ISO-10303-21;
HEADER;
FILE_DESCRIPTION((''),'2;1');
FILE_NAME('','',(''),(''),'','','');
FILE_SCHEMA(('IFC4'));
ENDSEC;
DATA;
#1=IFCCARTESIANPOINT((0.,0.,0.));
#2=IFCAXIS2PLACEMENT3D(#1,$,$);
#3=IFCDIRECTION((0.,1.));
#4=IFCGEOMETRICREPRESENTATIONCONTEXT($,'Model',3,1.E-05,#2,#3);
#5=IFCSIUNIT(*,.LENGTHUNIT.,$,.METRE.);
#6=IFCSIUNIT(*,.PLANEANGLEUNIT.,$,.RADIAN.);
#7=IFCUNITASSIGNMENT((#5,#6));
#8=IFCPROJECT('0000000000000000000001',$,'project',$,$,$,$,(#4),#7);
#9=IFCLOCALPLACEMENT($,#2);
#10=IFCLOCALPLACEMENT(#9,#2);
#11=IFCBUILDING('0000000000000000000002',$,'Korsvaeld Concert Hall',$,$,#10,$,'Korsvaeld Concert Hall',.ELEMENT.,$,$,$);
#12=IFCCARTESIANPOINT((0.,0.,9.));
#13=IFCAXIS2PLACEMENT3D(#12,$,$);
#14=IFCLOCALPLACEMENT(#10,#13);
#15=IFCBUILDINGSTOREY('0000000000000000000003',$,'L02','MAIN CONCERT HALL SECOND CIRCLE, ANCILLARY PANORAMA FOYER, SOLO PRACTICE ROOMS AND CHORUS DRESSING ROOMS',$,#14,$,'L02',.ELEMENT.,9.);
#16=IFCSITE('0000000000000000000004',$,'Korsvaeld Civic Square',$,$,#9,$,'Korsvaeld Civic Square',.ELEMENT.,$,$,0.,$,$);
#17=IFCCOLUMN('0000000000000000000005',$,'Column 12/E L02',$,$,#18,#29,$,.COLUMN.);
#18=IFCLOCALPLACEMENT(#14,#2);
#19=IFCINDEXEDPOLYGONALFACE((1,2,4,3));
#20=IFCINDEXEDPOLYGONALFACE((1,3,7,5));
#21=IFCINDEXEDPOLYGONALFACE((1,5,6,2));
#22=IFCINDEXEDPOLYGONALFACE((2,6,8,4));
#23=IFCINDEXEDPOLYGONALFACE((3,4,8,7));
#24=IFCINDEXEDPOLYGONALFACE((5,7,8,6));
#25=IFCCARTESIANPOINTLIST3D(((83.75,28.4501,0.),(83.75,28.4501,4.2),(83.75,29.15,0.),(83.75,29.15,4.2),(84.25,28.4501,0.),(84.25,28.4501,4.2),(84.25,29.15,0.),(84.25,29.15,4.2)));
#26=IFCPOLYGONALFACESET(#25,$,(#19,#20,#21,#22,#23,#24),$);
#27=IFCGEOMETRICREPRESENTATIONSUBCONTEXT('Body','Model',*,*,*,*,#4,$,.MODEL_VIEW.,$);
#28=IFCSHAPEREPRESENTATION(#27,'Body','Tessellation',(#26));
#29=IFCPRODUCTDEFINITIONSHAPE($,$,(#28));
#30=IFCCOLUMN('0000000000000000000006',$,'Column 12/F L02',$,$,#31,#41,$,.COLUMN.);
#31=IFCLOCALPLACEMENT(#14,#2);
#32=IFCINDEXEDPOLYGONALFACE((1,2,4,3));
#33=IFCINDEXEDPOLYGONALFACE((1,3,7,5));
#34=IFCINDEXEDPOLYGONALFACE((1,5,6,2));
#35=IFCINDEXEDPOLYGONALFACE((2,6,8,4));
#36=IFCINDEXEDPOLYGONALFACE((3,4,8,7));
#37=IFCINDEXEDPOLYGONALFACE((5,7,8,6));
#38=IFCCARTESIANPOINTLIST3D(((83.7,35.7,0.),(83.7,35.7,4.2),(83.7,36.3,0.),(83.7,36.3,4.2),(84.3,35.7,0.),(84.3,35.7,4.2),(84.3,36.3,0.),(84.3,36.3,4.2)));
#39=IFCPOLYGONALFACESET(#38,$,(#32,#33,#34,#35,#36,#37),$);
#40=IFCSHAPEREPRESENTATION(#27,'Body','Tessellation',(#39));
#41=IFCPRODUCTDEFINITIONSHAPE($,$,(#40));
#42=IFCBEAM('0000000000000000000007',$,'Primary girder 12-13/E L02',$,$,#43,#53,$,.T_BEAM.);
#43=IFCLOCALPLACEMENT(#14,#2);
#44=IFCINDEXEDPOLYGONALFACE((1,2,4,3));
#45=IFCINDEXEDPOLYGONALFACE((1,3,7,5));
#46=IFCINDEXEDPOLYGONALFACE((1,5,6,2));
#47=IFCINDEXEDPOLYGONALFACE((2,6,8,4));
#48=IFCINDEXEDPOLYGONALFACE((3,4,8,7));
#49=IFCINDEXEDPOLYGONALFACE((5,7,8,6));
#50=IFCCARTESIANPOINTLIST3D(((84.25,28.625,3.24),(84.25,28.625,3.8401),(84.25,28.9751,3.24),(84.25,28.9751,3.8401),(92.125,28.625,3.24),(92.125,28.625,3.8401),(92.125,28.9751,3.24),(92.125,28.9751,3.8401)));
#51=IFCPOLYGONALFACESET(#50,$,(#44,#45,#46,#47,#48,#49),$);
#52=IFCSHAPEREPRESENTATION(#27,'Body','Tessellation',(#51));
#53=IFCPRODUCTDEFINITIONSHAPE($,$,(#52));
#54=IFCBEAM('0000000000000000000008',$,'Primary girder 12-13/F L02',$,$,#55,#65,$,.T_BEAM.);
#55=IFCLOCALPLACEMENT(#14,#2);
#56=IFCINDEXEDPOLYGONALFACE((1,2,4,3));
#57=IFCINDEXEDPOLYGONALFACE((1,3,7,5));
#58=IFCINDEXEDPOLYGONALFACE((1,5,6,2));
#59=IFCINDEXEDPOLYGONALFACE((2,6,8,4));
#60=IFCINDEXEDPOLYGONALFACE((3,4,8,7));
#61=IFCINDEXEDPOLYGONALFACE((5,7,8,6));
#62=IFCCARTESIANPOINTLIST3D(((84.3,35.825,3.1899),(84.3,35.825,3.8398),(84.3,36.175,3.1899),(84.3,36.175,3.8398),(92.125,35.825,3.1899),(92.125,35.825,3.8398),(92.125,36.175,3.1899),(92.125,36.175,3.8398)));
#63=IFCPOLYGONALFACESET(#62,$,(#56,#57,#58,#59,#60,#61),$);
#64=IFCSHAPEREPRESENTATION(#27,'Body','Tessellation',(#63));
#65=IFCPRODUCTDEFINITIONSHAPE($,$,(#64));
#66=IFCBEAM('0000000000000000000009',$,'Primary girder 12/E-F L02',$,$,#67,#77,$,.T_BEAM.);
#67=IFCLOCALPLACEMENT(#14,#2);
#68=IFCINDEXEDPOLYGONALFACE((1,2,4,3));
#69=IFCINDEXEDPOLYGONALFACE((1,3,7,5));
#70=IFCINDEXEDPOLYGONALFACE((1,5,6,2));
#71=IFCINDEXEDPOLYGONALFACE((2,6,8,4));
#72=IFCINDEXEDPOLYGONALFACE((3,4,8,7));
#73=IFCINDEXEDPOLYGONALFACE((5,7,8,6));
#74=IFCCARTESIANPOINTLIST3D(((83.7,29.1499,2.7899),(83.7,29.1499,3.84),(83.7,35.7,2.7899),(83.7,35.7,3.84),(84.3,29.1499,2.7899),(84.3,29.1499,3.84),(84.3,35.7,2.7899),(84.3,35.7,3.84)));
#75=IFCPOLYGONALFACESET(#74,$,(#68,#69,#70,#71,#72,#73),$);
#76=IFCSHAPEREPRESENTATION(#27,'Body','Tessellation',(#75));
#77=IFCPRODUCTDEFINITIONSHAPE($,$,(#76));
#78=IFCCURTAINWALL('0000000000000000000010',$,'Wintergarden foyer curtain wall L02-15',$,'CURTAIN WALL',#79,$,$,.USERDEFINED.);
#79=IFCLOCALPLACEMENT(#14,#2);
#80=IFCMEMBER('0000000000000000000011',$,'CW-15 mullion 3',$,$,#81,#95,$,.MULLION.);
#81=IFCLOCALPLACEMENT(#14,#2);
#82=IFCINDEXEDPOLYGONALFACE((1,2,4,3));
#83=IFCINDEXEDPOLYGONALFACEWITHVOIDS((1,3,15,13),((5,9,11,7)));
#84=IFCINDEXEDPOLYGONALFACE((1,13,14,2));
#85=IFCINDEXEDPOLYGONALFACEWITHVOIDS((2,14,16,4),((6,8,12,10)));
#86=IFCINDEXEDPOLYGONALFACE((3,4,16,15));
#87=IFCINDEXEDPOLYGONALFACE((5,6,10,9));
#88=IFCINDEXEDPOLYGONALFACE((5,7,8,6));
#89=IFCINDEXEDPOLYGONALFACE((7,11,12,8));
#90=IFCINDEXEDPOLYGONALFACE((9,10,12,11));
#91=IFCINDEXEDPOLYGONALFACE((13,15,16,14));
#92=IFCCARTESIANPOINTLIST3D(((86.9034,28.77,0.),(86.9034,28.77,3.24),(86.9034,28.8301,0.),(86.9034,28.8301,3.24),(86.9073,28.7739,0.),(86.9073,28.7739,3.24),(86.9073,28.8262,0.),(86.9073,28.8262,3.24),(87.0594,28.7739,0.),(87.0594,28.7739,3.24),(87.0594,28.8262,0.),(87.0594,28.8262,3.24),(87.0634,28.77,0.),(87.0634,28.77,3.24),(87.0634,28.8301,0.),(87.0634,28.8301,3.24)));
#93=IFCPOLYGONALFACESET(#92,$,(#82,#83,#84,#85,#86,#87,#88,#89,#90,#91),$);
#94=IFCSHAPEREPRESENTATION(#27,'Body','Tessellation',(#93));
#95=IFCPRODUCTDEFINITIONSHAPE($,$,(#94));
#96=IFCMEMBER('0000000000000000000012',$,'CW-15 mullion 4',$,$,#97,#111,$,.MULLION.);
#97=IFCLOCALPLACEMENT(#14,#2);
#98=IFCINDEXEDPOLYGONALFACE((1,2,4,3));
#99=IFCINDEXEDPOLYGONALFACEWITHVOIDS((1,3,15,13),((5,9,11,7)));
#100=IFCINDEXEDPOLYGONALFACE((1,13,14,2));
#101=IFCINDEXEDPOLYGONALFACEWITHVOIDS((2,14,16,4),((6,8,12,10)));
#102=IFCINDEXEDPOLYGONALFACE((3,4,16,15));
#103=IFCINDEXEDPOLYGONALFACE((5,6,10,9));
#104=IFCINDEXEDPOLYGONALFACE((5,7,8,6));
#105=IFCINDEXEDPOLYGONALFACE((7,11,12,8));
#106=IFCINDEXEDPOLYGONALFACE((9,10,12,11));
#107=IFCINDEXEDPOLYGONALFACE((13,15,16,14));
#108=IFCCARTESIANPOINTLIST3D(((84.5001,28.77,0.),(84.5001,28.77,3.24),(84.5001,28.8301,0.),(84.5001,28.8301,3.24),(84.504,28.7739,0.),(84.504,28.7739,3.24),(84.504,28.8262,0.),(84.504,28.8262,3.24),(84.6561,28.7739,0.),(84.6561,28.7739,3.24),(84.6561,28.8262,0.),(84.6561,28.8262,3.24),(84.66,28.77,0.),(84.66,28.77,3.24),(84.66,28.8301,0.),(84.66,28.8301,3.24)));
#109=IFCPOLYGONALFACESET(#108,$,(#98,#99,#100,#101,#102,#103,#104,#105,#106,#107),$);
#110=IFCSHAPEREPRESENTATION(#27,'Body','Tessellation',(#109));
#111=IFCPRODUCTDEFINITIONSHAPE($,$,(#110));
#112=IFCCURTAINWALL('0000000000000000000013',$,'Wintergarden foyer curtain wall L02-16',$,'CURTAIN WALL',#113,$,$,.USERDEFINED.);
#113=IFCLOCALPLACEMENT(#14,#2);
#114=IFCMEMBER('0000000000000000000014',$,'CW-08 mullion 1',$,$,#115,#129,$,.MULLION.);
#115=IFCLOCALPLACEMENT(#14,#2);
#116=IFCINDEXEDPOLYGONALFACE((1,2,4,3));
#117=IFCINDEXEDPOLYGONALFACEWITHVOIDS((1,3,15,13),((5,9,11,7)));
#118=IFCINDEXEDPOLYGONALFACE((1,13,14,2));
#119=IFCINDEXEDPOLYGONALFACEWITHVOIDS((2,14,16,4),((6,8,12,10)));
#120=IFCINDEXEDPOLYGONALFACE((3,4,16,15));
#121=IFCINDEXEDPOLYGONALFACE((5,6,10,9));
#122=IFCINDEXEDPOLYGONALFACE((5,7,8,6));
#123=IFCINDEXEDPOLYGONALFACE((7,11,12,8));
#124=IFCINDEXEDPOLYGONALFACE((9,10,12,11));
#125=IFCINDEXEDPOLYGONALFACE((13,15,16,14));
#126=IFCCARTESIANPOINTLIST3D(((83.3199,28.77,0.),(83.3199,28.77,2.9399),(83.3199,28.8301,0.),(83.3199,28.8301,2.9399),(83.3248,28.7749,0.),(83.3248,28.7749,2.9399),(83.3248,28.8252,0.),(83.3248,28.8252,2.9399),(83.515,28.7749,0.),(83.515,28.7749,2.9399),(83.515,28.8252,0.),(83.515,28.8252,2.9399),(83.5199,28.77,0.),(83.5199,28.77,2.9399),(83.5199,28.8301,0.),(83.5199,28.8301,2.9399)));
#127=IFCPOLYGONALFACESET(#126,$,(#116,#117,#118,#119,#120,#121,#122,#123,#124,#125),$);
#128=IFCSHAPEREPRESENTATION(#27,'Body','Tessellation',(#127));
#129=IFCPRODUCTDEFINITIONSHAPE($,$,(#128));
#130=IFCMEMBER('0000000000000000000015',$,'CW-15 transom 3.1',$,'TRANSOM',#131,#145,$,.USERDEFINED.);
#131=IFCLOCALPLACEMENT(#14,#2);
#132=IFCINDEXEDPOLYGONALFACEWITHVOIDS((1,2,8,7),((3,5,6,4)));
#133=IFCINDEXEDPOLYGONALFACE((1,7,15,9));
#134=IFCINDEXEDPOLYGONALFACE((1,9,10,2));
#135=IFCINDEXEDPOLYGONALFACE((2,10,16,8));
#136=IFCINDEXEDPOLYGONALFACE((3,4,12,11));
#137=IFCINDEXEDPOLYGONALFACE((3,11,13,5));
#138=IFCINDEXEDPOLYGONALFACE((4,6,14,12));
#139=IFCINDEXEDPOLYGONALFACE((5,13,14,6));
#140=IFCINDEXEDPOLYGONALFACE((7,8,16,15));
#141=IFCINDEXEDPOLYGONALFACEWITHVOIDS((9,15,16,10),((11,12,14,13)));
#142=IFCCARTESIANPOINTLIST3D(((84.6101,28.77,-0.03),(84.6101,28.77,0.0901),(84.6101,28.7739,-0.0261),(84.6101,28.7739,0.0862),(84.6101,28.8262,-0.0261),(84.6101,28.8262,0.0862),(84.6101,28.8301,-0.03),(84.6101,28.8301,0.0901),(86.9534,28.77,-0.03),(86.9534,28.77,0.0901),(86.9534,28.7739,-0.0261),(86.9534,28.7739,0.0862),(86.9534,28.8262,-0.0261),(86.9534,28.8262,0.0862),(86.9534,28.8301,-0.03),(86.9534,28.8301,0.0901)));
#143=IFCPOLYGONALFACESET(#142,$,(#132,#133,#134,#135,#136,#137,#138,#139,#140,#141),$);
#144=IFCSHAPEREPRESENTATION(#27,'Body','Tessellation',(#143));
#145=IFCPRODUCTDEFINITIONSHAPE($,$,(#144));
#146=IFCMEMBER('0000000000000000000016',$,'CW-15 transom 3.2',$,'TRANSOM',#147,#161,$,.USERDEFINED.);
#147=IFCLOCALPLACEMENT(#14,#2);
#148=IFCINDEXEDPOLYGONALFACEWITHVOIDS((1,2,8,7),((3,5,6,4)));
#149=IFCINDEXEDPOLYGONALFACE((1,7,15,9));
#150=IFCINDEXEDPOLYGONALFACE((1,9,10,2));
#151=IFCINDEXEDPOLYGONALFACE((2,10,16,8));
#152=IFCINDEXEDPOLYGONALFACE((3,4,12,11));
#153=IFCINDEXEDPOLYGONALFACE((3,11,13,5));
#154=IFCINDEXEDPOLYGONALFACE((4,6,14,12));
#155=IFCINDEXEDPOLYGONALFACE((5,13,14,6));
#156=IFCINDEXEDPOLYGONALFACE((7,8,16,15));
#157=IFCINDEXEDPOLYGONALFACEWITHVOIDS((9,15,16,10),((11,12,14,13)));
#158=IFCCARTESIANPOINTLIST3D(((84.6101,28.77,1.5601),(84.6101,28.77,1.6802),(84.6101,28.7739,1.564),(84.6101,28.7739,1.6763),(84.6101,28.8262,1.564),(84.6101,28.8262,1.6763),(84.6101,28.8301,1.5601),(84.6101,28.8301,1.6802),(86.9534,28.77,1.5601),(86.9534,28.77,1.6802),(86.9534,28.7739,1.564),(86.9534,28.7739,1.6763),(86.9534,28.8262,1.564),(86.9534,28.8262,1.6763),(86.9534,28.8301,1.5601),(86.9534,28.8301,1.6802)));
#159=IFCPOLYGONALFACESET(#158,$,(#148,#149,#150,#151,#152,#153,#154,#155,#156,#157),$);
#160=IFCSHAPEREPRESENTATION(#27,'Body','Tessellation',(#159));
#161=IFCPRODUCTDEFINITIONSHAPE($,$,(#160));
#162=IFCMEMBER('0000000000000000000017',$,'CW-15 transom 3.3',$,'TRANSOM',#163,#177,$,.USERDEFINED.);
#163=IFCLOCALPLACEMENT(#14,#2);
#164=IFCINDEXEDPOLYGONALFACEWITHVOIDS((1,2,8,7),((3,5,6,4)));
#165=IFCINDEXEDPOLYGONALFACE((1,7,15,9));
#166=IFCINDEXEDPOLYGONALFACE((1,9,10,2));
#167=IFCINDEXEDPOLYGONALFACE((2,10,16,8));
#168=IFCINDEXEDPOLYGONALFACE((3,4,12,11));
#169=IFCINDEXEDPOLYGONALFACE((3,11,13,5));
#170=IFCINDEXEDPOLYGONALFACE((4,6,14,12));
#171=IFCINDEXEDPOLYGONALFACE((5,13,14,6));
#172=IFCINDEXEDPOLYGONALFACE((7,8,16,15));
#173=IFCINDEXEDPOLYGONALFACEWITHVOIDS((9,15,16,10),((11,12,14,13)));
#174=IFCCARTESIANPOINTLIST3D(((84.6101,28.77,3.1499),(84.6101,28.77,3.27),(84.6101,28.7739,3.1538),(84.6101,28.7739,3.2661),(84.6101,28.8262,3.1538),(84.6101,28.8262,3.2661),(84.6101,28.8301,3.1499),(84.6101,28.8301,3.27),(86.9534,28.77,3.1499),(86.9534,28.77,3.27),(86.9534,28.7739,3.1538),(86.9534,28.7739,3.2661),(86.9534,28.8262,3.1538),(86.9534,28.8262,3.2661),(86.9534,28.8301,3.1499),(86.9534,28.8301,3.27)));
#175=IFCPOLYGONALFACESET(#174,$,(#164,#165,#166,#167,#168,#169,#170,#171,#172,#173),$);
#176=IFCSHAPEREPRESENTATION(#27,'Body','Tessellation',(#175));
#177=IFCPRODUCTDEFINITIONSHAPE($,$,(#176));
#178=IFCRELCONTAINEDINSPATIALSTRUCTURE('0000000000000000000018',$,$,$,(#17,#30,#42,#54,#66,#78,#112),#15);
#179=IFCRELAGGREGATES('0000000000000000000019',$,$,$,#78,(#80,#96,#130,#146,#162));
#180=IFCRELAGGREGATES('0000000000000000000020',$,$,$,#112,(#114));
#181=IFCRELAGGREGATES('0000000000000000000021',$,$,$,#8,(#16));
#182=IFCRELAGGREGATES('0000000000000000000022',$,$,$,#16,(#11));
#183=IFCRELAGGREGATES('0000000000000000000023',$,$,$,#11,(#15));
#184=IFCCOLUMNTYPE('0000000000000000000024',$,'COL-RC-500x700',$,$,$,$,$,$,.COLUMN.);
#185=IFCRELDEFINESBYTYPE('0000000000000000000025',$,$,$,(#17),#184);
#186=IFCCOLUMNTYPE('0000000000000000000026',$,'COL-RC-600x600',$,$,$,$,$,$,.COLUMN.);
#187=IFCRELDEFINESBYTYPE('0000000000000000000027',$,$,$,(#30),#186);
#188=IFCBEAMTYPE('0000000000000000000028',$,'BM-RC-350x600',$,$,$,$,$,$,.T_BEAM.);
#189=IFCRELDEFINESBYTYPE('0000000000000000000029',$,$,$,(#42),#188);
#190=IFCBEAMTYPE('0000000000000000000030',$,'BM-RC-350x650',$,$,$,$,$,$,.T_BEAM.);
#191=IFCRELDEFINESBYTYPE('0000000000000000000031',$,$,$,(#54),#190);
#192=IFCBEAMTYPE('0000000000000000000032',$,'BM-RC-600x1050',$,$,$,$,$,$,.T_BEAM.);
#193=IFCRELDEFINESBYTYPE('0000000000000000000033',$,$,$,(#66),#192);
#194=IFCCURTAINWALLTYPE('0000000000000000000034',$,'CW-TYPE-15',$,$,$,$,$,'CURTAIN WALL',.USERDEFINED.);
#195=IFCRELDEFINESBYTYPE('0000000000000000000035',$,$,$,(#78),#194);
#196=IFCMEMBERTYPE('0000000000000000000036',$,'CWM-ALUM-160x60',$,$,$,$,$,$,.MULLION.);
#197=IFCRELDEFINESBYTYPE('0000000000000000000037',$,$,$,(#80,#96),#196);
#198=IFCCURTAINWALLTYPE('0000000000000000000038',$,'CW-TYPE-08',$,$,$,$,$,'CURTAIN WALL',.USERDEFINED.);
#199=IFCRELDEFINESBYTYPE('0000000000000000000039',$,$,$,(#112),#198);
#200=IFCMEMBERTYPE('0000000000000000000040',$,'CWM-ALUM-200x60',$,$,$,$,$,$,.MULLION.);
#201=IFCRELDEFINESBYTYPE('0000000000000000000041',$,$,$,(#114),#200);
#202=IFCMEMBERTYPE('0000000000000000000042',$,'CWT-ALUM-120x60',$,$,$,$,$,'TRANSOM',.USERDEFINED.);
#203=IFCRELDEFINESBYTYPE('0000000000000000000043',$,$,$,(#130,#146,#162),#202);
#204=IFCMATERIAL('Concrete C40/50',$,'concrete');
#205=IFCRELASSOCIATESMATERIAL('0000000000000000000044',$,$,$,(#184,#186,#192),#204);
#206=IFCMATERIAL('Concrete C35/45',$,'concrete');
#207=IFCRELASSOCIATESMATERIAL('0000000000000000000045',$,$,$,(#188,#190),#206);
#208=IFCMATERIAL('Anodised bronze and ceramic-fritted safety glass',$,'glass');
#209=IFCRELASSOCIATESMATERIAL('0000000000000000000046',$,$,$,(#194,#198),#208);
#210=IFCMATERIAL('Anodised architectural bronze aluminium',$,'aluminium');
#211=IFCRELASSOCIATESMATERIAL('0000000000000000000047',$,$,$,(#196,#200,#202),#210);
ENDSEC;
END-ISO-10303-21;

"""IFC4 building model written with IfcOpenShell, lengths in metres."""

from ifc_helpers import new_model, si_unit, direction, frame, origin, origin_2d, place, context, subcontext, project, spatial, rectangle, hollow_rectangle, extrude, material, material_profile, profile_set, type_object, element, aggregate, save


model = new_model("IFC4")

# Units and contexts
model_context = context("Model", 3, precision=1e-05, world=origin(), true_north=direction((0.0, 1.0)))
body_context = subcontext(model_context, "Body", "Model", "MODEL_VIEW")
ifc_project = project(units=[si_unit("LENGTHUNIT", "METRE"), si_unit("PLANEANGLEUNIT", "RADIAN")], contexts=[model_context])

# Site, building, storey
site_placement = place(None, origin())
site = spatial("IfcSite", under=ifc_project, at=site_placement, Name="Korsvaeld Civic Square", LongName="Korsvaeld Civic Square", CompositionType="ELEMENT", RefElevation=0.0)
building_placement = place(site_placement, origin())
building = spatial("IfcBuilding", under=site, at=building_placement, Name="Korsvaeld Concert Hall", LongName="Korsvaeld Concert Hall", CompositionType="ELEMENT")
storey_placement = place(building_placement, frame((0.0, 0.0, 9.0)))
storey = spatial("IfcBuildingStorey", under=building, at=storey_placement, Name="L02", Description="MAIN CONCERT HALL SECOND CIRCLE, ANCILLARY PANORAMA FOYER, SOLO PRACTICE ROOMS AND CHORUS DRESSING ROOMS", LongName="L02", CompositionType="ELEMENT", Elevation=9.0)

# Columns
ifc_material_1 = material(Name="Concrete C40/50", Category="concrete")
ifc_material_profile_1 = material_profile(ifc_material_1, rectangle(XDim=0.5, YDim=0.7, at=origin_2d()), Name="RC 500x700")
ifc_profile_set_1 = profile_set([ifc_material_profile_1], Name="Concrete C40/50")
column_type_1 = type_object("IfcColumnType", Name="COL-RC-500x700", PredefinedType="COLUMN", material=ifc_profile_set_1)
column_1_placement = place(storey_placement, frame((84.0, 28.8, 0.0), z_axis=(0.0, 0.0, 1.0), x_axis=(1.0, 0.0, 0.0)))
element("IfcColumn", 1, at=column_1_placement, inside=storey, type_object=column_type_1, Name="Column 12/E L02", PredefinedType="COLUMN", context=body_context, shape_type="SweptSolid", body=[
    extrude(rectangle(XDim=0.5, YDim=0.7, at=origin_2d()), origin(), (0.0, 0.0, 1.0), 4.2),
])
ifc_material_profile_2 = material_profile(ifc_material_1, rectangle(XDim=0.6001, YDim=0.6001, at=origin_2d()), Name="RC 600x600")
ifc_profile_set_2 = profile_set([ifc_material_profile_2], Name="Concrete C40/50")
column_type_2 = type_object("IfcColumnType", Name="COL-RC-600x600", PredefinedType="COLUMN", material=ifc_profile_set_2)
column_2_placement = place(storey_placement, frame((84.0, 36.0, 0.0), z_axis=(0.0, 0.0, 1.0), x_axis=(1.0, 0.0, 0.0)))
element("IfcColumn", 2, at=column_2_placement, inside=storey, type_object=column_type_2, Name="Column 12/F L02", PredefinedType="COLUMN", context=body_context, shape_type="SweptSolid", body=[
    extrude(rectangle(XDim=0.6001, YDim=0.6001, at=origin_2d()), origin(), (0.0, 0.0, 1.0), 4.2),
])

# Beams
ifc_material_2 = material(Name="Concrete C35/45", Category="concrete")
ifc_material_profile_3 = material_profile(ifc_material_2, rectangle(XDim=0.3501, YDim=0.6001, at=origin_2d()), Name="RC 350x600")
ifc_profile_set_3 = profile_set([ifc_material_profile_3], Name="Concrete C35/45")
beam_type_1 = type_object("IfcBeamType", Name="BM-RC-350x600", PredefinedType="T_BEAM", material=ifc_profile_set_3)
beam_1_placement = place(storey_placement, frame((84.25, 28.8, 3.54), z_axis=(1.0, 0.0, 0.0), x_axis=(0.0, 1.0, 0.0)))
element("IfcBeam", 3, at=beam_1_placement, inside=storey, type_object=beam_type_1, Name="Primary girder 12-13/E L02", PredefinedType="T_BEAM", context=body_context, shape_type="SweptSolid", body=[
    extrude(rectangle(XDim=0.3501, YDim=0.6001, at=origin_2d()), origin(), (0.0, 0.0, 1.0), 7.875),
])
ifc_material_profile_4 = material_profile(ifc_material_2, rectangle(XDim=0.3501, YDim=0.6499, at=origin_2d()), Name="RC 350x650")
ifc_profile_set_4 = profile_set([ifc_material_profile_4], Name="Concrete C35/45")
beam_type_2 = type_object("IfcBeamType", Name="BM-RC-350x650", PredefinedType="T_BEAM", material=ifc_profile_set_4)
beam_2_placement = place(storey_placement, frame((84.3, 36.0, 3.5149), z_axis=(1.0, 0.0, 0.0), x_axis=(0.0, 1.0, 0.0)))
element("IfcBeam", 4, at=beam_2_placement, inside=storey, type_object=beam_type_2, Name="Primary girder 12-13/F L02", PredefinedType="T_BEAM", context=body_context, shape_type="SweptSolid", body=[
    extrude(rectangle(XDim=0.3501, YDim=0.6499, at=origin_2d()), origin(), (0.0, 0.0, 1.0), 7.825),
])
ifc_material_profile_5 = material_profile(ifc_material_1, rectangle(XDim=0.6001, YDim=1.05, at=origin_2d()), Name="RC 600x1050")
ifc_profile_set_5 = profile_set([ifc_material_profile_5], Name="Concrete C40/50")
beam_type_3 = type_object("IfcBeamType", Name="BM-RC-600x1050", PredefinedType="T_BEAM", material=ifc_profile_set_5)
beam_3_placement = place(storey_placement, frame((84.0, 29.1499, 3.3149), z_axis=(0.0, 1.0, 0.0), x_axis=(-1.0, 0.0, 0.0)))
element("IfcBeam", 5, at=beam_3_placement, inside=storey, type_object=beam_type_3, Name="Primary girder 12/E-F L02", PredefinedType="T_BEAM", context=body_context, shape_type="SweptSolid", body=[
    extrude(rectangle(XDim=0.6001, YDim=1.05, at=origin_2d()), origin(), (0.0, 0.0, 1.0), 6.55),
])

# Curtain wall, members
ifc_material_3 = material(Name="Anodised bronze and ceramic-fritted safety glass", Category="glass")
curtain_wall_type_1 = type_object("IfcCurtainWallType", Name="CW-TYPE-15", ElementType="CURTAIN WALL", PredefinedType="USERDEFINED", material=ifc_material_3)
curtain_wall_1_placement = place(storey_placement, origin())
curtain_wall_1 = element("IfcCurtainWall", 6, at=curtain_wall_1_placement, inside=storey, type_object=curtain_wall_type_1, Name="Wintergarden foyer curtain wall L02-15", ObjectType="CURTAIN WALL", PredefinedType="USERDEFINED")
ifc_material_4 = material(Name="Anodised architectural bronze aluminium", Category="aluminium")
ifc_material_profile_6 = material_profile(ifc_material_4, hollow_rectangle(XDim=0.0601, YDim=0.1599, WallThickness=0.0039, at=origin_2d()), Name="CWM 160x60x4")
ifc_profile_set_6 = profile_set([ifc_material_profile_6], Name="Anodised architectural bronze aluminium")
member_type_1 = type_object("IfcMemberType", Name="CWM-ALUM-160x60", PredefinedType="MULLION", material=ifc_profile_set_6)
member_1_placement = place(storey_placement, frame((86.9834, 28.8, 0.0), z_axis=(0.0, 0.0, 1.0), x_axis=(0.0, -1.0, 0.0)))
member_1 = element("IfcMember", 7, at=member_1_placement, type_object=member_type_1, Name="CW-15 mullion 3", PredefinedType="MULLION", context=body_context, shape_type="SweptSolid", body=[
    extrude(hollow_rectangle(XDim=0.0601, YDim=0.1599, WallThickness=0.0039, at=origin_2d()), origin(), (0.0, 0.0, 1.0), 3.24),
])
member_2_placement = place(storey_placement, frame((84.5801, 28.8, 0.0), z_axis=(0.0, 0.0, 1.0), x_axis=(0.0, -1.0, 0.0)))
member_2 = element("IfcMember", 8, at=member_2_placement, type_object=member_type_1, Name="CW-15 mullion 4", PredefinedType="MULLION", context=body_context, shape_type="SweptSolid", body=[
    extrude(hollow_rectangle(XDim=0.0601, YDim=0.1599, WallThickness=0.0039, at=origin_2d()), origin(), (0.0, 0.0, 1.0), 3.24),
])

# Curtain wall, member
curtain_wall_type_2 = type_object("IfcCurtainWallType", Name="CW-TYPE-08", ElementType="CURTAIN WALL", PredefinedType="USERDEFINED", material=ifc_material_3)
curtain_wall_2_placement = place(storey_placement, origin())
curtain_wall_2 = element("IfcCurtainWall", 9, at=curtain_wall_2_placement, inside=storey, type_object=curtain_wall_type_2, Name="Wintergarden foyer curtain wall L02-16", ObjectType="CURTAIN WALL", PredefinedType="USERDEFINED")
ifc_material_profile_7 = material_profile(ifc_material_4, hollow_rectangle(XDim=0.0601, YDim=0.2, WallThickness=0.0049, at=origin_2d()), Name="CWM 200x60x5")
ifc_profile_set_7 = profile_set([ifc_material_profile_7], Name="Anodised architectural bronze aluminium")
member_type_2 = type_object("IfcMemberType", Name="CWM-ALUM-200x60", PredefinedType="MULLION", material=ifc_profile_set_7)
member_3_placement = place(storey_placement, frame((83.4199, 28.8, 0.0), z_axis=(0.0, 0.0, 1.0), x_axis=(0.0, -1.0, 0.0)))
member_3 = element("IfcMember", 10, at=member_3_placement, type_object=member_type_2, Name="CW-08 mullion 1", PredefinedType="MULLION", context=body_context, shape_type="SweptSolid", body=[
    extrude(hollow_rectangle(XDim=0.0601, YDim=0.2, WallThickness=0.0049, at=origin_2d()), origin(), (0.0, 0.0, 1.0), 2.9399),
])

# Members
ifc_material_profile_8 = material_profile(ifc_material_4, hollow_rectangle(XDim=0.0601, YDim=0.1201, WallThickness=0.0039, at=origin_2d()), Name="CWT 120x60x4")
ifc_profile_set_8 = profile_set([ifc_material_profile_8], Name="Anodised architectural bronze aluminium")
member_type_3 = type_object("IfcMemberType", Name="CWT-ALUM-120x60", ElementType="TRANSOM", PredefinedType="USERDEFINED", material=ifc_profile_set_8)
member_4_placement = place(storey_placement, frame((86.9534, 28.8, 0.03), z_axis=(-1.0, 0.0, 0.0), x_axis=(0.0, -1.0, 0.0)))
member_4 = element("IfcMember", 11, at=member_4_placement, type_object=member_type_3, Name="CW-15 transom 3.1", ObjectType="TRANSOM", PredefinedType="USERDEFINED", context=body_context, shape_type="SweptSolid", body=[
    extrude(hollow_rectangle(XDim=0.0601, YDim=0.1201, WallThickness=0.0039, at=origin_2d()), origin(), (0.0, 0.0, 1.0), 2.3433),
])
member_5_placement = place(storey_placement, frame((86.9534, 28.8, 1.6201), z_axis=(-1.0, 0.0, 0.0), x_axis=(0.0, -1.0, 0.0)))
member_5 = element("IfcMember", 12, at=member_5_placement, type_object=member_type_3, Name="CW-15 transom 3.2", ObjectType="TRANSOM", PredefinedType="USERDEFINED", context=body_context, shape_type="SweptSolid", body=[
    extrude(hollow_rectangle(XDim=0.0601, YDim=0.1201, WallThickness=0.0039, at=origin_2d()), origin(), (0.0, 0.0, 1.0), 2.3433),
])
member_6_placement = place(storey_placement, frame((86.9534, 28.8, 3.21), z_axis=(-1.0, 0.0, 0.0), x_axis=(0.0, -1.0, 0.0)))
member_6 = element("IfcMember", 13, at=member_6_placement, type_object=member_type_3, Name="CW-15 transom 3.3", ObjectType="TRANSOM", PredefinedType="USERDEFINED", context=body_context, shape_type="SweptSolid", body=[
    extrude(hollow_rectangle(XDim=0.0601, YDim=0.1201, WallThickness=0.0039, at=origin_2d()), origin(), (0.0, 0.0, 1.0), 2.3433),
])

aggregate(curtain_wall_1, [member_1, member_2, member_4, member_5, member_6])
aggregate(curtain_wall_2, [member_3])

save(model, "model.ifc")
